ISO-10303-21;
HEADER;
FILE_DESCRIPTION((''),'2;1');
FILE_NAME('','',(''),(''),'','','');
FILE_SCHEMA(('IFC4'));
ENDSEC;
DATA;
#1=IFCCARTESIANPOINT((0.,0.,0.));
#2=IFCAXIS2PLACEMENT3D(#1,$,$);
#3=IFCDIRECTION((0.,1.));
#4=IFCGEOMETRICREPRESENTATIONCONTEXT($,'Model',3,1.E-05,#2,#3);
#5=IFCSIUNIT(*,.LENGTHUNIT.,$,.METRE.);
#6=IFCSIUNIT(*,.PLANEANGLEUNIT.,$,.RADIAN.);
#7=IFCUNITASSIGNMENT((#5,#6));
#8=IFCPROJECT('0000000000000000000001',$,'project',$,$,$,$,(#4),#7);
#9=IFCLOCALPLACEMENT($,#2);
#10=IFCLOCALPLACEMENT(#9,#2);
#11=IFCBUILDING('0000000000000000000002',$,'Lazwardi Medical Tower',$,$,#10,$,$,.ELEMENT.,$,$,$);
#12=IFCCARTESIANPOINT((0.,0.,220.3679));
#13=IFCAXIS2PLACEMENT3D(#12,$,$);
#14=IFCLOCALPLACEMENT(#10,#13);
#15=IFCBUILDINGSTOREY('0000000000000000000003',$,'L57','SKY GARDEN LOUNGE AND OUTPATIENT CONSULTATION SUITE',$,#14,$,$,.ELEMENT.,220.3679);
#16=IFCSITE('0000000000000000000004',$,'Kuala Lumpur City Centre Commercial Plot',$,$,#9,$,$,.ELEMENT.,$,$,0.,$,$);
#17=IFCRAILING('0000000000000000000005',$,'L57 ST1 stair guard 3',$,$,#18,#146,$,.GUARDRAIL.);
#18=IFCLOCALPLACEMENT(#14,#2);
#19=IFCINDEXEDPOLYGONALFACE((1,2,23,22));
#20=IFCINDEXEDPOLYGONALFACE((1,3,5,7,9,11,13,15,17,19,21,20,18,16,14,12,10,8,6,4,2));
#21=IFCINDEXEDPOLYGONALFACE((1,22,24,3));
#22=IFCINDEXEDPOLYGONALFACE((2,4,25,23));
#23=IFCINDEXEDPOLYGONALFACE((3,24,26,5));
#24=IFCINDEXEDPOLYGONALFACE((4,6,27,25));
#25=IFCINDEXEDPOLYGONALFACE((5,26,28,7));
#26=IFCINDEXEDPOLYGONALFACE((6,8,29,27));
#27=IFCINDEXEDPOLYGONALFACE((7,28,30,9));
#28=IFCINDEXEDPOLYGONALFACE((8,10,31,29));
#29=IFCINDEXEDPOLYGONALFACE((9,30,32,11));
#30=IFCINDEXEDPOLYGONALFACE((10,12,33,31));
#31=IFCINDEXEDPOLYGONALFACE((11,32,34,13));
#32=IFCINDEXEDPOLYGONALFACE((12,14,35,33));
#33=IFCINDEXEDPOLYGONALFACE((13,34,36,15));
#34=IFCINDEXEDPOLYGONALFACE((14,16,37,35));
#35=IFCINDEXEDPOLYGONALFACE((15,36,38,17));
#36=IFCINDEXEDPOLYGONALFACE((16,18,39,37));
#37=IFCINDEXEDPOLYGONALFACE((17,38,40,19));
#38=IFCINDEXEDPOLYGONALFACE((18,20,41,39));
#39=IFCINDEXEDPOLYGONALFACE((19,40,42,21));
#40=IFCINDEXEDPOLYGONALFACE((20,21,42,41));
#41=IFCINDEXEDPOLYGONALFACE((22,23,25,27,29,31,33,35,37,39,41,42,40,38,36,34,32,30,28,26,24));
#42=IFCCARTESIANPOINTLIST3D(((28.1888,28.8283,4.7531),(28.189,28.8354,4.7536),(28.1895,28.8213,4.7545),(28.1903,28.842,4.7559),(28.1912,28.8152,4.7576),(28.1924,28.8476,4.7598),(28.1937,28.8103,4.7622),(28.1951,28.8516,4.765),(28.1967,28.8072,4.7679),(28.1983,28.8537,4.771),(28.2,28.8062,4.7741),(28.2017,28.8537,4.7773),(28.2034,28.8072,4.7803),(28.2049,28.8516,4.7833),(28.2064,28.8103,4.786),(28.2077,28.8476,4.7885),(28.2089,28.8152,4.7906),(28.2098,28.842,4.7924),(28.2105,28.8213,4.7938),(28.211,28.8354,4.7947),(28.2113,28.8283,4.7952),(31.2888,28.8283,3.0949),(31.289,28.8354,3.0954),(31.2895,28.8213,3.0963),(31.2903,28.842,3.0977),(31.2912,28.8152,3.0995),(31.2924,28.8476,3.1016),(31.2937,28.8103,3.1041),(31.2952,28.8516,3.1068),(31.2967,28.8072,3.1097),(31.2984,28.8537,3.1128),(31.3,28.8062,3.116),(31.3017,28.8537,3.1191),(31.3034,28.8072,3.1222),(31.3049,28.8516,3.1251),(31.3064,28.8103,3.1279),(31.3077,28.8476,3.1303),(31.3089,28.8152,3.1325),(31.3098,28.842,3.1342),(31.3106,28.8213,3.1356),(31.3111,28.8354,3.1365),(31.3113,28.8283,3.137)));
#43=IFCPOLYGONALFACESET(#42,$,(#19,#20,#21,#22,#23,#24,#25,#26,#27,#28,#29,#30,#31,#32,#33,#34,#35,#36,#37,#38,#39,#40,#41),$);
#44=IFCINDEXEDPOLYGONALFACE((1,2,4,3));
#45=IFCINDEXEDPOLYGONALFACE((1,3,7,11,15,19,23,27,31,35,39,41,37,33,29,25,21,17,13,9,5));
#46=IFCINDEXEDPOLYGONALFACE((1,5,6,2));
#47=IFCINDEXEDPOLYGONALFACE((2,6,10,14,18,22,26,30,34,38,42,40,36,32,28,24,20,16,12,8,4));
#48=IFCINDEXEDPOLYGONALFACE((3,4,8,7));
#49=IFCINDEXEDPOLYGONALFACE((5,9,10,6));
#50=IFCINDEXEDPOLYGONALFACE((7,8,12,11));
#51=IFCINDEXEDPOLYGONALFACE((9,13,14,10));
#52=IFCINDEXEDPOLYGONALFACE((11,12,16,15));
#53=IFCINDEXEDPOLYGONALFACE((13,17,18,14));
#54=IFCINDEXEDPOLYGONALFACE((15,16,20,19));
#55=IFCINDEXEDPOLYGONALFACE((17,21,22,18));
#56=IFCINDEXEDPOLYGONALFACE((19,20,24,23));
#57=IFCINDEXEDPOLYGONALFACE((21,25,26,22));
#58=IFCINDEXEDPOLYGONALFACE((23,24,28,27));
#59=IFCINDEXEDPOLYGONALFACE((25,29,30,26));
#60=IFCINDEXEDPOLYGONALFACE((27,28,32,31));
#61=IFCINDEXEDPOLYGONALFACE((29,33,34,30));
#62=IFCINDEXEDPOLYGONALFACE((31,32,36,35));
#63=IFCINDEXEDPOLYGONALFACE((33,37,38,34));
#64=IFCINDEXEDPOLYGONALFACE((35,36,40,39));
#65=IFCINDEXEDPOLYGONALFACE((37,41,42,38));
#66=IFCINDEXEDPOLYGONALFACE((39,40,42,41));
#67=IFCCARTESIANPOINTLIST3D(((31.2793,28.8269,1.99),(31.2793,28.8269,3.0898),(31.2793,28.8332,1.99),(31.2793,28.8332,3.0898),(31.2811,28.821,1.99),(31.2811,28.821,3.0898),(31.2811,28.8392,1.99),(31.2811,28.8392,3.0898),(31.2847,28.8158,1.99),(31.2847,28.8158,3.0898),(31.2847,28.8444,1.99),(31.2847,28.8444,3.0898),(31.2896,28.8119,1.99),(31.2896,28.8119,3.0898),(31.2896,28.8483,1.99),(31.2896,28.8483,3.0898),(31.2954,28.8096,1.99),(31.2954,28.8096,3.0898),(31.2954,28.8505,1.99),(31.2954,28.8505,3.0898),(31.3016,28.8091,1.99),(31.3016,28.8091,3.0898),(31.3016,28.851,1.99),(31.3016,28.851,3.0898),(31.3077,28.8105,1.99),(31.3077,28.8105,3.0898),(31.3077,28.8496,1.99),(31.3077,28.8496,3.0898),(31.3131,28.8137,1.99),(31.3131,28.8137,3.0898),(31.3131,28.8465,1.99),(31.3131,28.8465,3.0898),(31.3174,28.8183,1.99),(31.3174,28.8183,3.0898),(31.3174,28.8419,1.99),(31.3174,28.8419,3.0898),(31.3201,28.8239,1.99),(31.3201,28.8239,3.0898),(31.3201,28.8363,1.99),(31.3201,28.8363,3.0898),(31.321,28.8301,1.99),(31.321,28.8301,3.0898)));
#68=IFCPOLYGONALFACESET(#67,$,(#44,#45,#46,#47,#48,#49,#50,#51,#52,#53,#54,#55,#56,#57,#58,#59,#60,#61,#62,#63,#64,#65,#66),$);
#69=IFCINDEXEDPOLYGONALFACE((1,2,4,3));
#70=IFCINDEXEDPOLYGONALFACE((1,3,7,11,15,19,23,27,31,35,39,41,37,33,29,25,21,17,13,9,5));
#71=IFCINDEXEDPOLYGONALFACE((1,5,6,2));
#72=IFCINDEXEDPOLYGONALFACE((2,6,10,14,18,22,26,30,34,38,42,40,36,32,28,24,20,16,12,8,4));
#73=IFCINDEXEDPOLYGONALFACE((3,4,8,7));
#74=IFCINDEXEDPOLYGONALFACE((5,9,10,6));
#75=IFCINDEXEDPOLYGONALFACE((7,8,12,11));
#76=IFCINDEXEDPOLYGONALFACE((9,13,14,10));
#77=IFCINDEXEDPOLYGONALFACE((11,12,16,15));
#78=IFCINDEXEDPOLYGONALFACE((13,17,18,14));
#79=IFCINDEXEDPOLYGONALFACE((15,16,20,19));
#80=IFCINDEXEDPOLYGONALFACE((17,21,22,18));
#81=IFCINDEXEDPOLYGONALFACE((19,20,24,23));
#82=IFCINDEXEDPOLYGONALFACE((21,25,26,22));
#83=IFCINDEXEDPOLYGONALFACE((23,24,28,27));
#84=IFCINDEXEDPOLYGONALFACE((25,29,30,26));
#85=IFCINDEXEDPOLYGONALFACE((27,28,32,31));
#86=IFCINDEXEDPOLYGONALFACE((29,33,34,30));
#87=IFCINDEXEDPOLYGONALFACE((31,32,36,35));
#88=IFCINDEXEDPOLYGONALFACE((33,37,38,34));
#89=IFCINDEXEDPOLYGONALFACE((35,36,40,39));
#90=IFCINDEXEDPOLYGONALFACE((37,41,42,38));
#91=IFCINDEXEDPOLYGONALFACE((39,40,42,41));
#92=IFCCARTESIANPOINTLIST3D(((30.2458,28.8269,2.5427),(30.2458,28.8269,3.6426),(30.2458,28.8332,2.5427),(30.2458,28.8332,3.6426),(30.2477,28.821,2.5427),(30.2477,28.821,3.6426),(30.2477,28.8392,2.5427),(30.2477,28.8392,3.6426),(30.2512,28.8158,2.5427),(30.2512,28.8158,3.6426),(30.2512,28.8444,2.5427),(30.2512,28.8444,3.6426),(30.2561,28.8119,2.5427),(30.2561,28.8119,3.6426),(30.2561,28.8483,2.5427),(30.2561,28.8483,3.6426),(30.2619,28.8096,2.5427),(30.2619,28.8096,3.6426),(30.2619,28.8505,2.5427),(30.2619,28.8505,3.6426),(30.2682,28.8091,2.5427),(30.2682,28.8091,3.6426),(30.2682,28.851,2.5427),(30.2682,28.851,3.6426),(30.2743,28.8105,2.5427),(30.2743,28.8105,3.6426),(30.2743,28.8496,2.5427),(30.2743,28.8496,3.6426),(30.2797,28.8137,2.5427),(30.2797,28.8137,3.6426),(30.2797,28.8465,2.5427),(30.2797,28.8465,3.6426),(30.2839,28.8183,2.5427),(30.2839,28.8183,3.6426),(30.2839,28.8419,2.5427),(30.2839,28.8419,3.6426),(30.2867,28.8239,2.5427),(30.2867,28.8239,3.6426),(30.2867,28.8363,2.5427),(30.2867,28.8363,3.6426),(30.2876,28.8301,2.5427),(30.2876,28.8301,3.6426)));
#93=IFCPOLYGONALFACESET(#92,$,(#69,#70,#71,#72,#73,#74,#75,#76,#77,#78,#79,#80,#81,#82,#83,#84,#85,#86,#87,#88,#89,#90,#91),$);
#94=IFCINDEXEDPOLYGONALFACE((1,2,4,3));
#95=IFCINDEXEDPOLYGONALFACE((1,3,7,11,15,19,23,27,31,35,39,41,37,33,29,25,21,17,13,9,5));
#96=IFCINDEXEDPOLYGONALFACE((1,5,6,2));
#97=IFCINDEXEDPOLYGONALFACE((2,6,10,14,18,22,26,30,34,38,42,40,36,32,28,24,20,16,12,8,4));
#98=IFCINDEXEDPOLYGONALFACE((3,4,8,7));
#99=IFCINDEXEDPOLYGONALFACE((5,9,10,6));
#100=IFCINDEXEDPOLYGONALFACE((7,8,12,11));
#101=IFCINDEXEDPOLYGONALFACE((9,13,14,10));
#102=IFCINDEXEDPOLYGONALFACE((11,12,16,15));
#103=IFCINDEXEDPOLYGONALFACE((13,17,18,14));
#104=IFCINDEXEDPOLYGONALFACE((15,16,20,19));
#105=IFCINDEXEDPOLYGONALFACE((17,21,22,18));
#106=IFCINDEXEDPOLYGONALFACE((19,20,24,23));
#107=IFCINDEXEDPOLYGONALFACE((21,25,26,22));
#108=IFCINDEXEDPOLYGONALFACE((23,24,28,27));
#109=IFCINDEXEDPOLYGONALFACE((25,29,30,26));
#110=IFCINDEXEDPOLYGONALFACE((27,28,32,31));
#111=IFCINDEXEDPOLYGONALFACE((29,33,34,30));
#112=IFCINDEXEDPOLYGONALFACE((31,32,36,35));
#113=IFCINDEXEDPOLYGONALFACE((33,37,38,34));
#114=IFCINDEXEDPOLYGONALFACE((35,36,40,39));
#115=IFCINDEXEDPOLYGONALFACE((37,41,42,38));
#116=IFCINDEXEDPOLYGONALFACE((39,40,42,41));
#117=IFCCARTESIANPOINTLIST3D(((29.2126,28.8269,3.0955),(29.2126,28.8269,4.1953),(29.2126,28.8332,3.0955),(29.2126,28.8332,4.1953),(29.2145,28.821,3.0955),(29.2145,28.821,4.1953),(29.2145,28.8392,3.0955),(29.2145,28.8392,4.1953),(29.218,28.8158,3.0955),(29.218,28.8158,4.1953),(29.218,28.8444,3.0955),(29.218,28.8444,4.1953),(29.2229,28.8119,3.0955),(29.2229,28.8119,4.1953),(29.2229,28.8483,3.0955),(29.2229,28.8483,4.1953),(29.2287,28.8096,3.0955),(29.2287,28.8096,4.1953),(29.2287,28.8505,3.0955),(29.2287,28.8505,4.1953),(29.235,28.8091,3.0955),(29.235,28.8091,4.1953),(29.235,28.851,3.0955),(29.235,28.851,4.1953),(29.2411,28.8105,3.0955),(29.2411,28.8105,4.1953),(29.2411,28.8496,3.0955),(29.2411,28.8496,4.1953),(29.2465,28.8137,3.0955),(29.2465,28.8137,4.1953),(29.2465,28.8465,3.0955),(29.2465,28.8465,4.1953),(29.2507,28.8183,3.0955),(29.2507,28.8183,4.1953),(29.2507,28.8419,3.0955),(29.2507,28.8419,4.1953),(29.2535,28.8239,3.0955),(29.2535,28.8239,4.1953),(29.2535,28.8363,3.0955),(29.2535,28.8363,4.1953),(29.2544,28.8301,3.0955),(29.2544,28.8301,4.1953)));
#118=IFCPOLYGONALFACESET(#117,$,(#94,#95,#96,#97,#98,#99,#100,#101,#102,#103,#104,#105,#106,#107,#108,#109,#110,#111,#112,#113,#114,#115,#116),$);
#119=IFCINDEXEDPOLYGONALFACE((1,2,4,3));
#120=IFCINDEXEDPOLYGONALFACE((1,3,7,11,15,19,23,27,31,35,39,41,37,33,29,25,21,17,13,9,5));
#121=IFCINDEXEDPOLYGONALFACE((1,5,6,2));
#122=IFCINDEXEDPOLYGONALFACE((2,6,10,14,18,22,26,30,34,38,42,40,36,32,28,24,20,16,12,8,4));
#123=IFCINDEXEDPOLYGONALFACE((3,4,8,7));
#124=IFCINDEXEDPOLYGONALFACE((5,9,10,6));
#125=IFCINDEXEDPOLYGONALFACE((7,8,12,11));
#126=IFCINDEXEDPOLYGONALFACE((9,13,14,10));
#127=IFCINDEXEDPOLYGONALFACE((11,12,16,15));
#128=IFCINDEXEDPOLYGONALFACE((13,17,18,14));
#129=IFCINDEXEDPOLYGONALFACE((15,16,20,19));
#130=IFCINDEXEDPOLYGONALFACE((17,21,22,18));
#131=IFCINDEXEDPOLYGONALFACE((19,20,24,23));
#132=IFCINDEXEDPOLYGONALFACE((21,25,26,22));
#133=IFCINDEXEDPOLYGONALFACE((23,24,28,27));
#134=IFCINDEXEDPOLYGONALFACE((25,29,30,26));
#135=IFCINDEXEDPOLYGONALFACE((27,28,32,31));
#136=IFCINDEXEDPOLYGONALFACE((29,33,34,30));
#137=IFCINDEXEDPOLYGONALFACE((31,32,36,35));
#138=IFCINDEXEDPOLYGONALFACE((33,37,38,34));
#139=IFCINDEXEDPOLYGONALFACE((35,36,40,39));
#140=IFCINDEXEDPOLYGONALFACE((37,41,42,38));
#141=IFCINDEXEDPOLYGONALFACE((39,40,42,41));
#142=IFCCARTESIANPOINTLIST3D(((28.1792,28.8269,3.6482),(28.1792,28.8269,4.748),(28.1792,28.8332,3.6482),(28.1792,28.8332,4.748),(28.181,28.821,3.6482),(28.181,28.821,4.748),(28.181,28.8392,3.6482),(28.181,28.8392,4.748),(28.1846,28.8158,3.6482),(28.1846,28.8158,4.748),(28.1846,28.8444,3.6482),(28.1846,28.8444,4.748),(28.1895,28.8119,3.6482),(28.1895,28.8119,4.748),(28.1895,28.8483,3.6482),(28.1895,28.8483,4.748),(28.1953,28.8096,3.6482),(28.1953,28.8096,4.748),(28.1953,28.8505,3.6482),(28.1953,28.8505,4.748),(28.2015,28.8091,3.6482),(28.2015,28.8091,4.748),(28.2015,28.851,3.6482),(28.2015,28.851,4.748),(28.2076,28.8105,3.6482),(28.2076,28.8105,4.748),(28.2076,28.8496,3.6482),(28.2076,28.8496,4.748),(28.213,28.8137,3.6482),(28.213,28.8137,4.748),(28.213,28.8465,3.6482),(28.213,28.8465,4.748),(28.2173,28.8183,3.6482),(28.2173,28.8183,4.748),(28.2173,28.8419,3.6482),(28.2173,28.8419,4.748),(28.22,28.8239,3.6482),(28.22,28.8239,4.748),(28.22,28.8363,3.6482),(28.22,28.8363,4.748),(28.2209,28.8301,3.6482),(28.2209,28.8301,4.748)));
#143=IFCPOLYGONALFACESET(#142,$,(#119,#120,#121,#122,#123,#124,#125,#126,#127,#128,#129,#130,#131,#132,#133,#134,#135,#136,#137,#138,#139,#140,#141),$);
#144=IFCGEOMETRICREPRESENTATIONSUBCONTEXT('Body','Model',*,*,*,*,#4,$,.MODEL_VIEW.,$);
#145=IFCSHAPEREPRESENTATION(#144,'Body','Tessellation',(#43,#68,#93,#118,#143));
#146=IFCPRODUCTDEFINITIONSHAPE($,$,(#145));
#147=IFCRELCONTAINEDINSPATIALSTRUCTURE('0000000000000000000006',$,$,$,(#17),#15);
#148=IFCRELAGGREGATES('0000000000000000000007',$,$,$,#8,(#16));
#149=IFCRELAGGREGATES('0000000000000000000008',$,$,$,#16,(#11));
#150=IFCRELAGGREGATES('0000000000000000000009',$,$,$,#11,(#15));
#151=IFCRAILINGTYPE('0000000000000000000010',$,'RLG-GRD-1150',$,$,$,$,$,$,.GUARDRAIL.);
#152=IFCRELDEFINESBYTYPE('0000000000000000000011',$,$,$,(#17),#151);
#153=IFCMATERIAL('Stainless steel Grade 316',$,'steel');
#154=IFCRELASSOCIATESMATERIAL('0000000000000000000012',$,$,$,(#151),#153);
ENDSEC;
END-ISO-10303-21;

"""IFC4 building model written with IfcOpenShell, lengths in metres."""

from ifc_helpers import new_model, si_unit, direction, frame, origin, origin_2d, place, context, subcontext, project, spatial, circle, extrude, material, type_object, element, save


model = new_model("IFC4")

# Units and contexts
model_context = context("Model", 3, precision=1e-05, world=origin(), true_north=direction((0.0, 1.0)))
body_context = subcontext(model_context, "Body", "Model", "MODEL_VIEW")
ifc_project = project(units=[si_unit("LENGTHUNIT", "METRE"), si_unit("PLANEANGLEUNIT", "RADIAN")], contexts=[model_context])

# Site, building, storey
site_placement = place(None, origin())
site = spatial("IfcSite", under=ifc_project, at=site_placement, Name="Kuala Lumpur City Centre Commercial Plot", CompositionType="ELEMENT", RefElevation=0.0)
building_placement = place(site_placement, origin())
building = spatial("IfcBuilding", under=site, at=building_placement, Name="Lazwardi Medical Tower", CompositionType="ELEMENT")
storey_placement = place(building_placement, frame((0.0, 0.0, 220.3679)))
storey = spatial("IfcBuildingStorey", under=building, at=storey_placement, Name="L57", Description="SKY GARDEN LOUNGE AND OUTPATIENT CONSULTATION SUITE", CompositionType="ELEMENT", Elevation=220.3679)

# Railing
ifc_material_1 = material(Name="Stainless steel Grade 316", Category="steel")
railing_type_1 = type_object("IfcRailingType", Name="RLG-GRD-1150", PredefinedType="GUARDRAIL", material=ifc_material_1)
railing_1_placement = place(storey_placement, frame((31.3, 28.8301, 1.99)))
element("IfcRailing", 1, at=railing_1_placement, inside=storey, type_object=railing_type_1, Name="L57 ST1 stair guard 3", PredefinedType="GUARDRAIL", context=body_context, shape_type="SweptSolid", body=[
    extrude(circle(Radius=0.0239, at=origin_2d()), frame((0.0, 0.0, 1.126), z_axis=(-0.881783, 0.0, 0.471655), x_axis=(0.0, -1.0, 0.0)), (0.0, 0.0, 1.0), 3.5156),
    extrude(circle(Radius=0.021, at=origin_2d()), origin(), (0.0, 0.0, 1.0), 1.0999),
    extrude(circle(Radius=0.021, at=origin_2d()), frame((-1.0334, 0.0, 0.5527)), (0.0, 0.0, 1.0), 1.0999),
    extrude(circle(Radius=0.021, at=origin_2d()), frame((-2.0667, 0.0, 1.1055)), (0.0, 0.0, 1.0), 1.0999),
    extrude(circle(Radius=0.021, at=origin_2d()), frame((-3.1001, 0.0, 1.6582)), (0.0, 0.0, 1.0), 1.0999),
])

save(model, "model.ifc")
